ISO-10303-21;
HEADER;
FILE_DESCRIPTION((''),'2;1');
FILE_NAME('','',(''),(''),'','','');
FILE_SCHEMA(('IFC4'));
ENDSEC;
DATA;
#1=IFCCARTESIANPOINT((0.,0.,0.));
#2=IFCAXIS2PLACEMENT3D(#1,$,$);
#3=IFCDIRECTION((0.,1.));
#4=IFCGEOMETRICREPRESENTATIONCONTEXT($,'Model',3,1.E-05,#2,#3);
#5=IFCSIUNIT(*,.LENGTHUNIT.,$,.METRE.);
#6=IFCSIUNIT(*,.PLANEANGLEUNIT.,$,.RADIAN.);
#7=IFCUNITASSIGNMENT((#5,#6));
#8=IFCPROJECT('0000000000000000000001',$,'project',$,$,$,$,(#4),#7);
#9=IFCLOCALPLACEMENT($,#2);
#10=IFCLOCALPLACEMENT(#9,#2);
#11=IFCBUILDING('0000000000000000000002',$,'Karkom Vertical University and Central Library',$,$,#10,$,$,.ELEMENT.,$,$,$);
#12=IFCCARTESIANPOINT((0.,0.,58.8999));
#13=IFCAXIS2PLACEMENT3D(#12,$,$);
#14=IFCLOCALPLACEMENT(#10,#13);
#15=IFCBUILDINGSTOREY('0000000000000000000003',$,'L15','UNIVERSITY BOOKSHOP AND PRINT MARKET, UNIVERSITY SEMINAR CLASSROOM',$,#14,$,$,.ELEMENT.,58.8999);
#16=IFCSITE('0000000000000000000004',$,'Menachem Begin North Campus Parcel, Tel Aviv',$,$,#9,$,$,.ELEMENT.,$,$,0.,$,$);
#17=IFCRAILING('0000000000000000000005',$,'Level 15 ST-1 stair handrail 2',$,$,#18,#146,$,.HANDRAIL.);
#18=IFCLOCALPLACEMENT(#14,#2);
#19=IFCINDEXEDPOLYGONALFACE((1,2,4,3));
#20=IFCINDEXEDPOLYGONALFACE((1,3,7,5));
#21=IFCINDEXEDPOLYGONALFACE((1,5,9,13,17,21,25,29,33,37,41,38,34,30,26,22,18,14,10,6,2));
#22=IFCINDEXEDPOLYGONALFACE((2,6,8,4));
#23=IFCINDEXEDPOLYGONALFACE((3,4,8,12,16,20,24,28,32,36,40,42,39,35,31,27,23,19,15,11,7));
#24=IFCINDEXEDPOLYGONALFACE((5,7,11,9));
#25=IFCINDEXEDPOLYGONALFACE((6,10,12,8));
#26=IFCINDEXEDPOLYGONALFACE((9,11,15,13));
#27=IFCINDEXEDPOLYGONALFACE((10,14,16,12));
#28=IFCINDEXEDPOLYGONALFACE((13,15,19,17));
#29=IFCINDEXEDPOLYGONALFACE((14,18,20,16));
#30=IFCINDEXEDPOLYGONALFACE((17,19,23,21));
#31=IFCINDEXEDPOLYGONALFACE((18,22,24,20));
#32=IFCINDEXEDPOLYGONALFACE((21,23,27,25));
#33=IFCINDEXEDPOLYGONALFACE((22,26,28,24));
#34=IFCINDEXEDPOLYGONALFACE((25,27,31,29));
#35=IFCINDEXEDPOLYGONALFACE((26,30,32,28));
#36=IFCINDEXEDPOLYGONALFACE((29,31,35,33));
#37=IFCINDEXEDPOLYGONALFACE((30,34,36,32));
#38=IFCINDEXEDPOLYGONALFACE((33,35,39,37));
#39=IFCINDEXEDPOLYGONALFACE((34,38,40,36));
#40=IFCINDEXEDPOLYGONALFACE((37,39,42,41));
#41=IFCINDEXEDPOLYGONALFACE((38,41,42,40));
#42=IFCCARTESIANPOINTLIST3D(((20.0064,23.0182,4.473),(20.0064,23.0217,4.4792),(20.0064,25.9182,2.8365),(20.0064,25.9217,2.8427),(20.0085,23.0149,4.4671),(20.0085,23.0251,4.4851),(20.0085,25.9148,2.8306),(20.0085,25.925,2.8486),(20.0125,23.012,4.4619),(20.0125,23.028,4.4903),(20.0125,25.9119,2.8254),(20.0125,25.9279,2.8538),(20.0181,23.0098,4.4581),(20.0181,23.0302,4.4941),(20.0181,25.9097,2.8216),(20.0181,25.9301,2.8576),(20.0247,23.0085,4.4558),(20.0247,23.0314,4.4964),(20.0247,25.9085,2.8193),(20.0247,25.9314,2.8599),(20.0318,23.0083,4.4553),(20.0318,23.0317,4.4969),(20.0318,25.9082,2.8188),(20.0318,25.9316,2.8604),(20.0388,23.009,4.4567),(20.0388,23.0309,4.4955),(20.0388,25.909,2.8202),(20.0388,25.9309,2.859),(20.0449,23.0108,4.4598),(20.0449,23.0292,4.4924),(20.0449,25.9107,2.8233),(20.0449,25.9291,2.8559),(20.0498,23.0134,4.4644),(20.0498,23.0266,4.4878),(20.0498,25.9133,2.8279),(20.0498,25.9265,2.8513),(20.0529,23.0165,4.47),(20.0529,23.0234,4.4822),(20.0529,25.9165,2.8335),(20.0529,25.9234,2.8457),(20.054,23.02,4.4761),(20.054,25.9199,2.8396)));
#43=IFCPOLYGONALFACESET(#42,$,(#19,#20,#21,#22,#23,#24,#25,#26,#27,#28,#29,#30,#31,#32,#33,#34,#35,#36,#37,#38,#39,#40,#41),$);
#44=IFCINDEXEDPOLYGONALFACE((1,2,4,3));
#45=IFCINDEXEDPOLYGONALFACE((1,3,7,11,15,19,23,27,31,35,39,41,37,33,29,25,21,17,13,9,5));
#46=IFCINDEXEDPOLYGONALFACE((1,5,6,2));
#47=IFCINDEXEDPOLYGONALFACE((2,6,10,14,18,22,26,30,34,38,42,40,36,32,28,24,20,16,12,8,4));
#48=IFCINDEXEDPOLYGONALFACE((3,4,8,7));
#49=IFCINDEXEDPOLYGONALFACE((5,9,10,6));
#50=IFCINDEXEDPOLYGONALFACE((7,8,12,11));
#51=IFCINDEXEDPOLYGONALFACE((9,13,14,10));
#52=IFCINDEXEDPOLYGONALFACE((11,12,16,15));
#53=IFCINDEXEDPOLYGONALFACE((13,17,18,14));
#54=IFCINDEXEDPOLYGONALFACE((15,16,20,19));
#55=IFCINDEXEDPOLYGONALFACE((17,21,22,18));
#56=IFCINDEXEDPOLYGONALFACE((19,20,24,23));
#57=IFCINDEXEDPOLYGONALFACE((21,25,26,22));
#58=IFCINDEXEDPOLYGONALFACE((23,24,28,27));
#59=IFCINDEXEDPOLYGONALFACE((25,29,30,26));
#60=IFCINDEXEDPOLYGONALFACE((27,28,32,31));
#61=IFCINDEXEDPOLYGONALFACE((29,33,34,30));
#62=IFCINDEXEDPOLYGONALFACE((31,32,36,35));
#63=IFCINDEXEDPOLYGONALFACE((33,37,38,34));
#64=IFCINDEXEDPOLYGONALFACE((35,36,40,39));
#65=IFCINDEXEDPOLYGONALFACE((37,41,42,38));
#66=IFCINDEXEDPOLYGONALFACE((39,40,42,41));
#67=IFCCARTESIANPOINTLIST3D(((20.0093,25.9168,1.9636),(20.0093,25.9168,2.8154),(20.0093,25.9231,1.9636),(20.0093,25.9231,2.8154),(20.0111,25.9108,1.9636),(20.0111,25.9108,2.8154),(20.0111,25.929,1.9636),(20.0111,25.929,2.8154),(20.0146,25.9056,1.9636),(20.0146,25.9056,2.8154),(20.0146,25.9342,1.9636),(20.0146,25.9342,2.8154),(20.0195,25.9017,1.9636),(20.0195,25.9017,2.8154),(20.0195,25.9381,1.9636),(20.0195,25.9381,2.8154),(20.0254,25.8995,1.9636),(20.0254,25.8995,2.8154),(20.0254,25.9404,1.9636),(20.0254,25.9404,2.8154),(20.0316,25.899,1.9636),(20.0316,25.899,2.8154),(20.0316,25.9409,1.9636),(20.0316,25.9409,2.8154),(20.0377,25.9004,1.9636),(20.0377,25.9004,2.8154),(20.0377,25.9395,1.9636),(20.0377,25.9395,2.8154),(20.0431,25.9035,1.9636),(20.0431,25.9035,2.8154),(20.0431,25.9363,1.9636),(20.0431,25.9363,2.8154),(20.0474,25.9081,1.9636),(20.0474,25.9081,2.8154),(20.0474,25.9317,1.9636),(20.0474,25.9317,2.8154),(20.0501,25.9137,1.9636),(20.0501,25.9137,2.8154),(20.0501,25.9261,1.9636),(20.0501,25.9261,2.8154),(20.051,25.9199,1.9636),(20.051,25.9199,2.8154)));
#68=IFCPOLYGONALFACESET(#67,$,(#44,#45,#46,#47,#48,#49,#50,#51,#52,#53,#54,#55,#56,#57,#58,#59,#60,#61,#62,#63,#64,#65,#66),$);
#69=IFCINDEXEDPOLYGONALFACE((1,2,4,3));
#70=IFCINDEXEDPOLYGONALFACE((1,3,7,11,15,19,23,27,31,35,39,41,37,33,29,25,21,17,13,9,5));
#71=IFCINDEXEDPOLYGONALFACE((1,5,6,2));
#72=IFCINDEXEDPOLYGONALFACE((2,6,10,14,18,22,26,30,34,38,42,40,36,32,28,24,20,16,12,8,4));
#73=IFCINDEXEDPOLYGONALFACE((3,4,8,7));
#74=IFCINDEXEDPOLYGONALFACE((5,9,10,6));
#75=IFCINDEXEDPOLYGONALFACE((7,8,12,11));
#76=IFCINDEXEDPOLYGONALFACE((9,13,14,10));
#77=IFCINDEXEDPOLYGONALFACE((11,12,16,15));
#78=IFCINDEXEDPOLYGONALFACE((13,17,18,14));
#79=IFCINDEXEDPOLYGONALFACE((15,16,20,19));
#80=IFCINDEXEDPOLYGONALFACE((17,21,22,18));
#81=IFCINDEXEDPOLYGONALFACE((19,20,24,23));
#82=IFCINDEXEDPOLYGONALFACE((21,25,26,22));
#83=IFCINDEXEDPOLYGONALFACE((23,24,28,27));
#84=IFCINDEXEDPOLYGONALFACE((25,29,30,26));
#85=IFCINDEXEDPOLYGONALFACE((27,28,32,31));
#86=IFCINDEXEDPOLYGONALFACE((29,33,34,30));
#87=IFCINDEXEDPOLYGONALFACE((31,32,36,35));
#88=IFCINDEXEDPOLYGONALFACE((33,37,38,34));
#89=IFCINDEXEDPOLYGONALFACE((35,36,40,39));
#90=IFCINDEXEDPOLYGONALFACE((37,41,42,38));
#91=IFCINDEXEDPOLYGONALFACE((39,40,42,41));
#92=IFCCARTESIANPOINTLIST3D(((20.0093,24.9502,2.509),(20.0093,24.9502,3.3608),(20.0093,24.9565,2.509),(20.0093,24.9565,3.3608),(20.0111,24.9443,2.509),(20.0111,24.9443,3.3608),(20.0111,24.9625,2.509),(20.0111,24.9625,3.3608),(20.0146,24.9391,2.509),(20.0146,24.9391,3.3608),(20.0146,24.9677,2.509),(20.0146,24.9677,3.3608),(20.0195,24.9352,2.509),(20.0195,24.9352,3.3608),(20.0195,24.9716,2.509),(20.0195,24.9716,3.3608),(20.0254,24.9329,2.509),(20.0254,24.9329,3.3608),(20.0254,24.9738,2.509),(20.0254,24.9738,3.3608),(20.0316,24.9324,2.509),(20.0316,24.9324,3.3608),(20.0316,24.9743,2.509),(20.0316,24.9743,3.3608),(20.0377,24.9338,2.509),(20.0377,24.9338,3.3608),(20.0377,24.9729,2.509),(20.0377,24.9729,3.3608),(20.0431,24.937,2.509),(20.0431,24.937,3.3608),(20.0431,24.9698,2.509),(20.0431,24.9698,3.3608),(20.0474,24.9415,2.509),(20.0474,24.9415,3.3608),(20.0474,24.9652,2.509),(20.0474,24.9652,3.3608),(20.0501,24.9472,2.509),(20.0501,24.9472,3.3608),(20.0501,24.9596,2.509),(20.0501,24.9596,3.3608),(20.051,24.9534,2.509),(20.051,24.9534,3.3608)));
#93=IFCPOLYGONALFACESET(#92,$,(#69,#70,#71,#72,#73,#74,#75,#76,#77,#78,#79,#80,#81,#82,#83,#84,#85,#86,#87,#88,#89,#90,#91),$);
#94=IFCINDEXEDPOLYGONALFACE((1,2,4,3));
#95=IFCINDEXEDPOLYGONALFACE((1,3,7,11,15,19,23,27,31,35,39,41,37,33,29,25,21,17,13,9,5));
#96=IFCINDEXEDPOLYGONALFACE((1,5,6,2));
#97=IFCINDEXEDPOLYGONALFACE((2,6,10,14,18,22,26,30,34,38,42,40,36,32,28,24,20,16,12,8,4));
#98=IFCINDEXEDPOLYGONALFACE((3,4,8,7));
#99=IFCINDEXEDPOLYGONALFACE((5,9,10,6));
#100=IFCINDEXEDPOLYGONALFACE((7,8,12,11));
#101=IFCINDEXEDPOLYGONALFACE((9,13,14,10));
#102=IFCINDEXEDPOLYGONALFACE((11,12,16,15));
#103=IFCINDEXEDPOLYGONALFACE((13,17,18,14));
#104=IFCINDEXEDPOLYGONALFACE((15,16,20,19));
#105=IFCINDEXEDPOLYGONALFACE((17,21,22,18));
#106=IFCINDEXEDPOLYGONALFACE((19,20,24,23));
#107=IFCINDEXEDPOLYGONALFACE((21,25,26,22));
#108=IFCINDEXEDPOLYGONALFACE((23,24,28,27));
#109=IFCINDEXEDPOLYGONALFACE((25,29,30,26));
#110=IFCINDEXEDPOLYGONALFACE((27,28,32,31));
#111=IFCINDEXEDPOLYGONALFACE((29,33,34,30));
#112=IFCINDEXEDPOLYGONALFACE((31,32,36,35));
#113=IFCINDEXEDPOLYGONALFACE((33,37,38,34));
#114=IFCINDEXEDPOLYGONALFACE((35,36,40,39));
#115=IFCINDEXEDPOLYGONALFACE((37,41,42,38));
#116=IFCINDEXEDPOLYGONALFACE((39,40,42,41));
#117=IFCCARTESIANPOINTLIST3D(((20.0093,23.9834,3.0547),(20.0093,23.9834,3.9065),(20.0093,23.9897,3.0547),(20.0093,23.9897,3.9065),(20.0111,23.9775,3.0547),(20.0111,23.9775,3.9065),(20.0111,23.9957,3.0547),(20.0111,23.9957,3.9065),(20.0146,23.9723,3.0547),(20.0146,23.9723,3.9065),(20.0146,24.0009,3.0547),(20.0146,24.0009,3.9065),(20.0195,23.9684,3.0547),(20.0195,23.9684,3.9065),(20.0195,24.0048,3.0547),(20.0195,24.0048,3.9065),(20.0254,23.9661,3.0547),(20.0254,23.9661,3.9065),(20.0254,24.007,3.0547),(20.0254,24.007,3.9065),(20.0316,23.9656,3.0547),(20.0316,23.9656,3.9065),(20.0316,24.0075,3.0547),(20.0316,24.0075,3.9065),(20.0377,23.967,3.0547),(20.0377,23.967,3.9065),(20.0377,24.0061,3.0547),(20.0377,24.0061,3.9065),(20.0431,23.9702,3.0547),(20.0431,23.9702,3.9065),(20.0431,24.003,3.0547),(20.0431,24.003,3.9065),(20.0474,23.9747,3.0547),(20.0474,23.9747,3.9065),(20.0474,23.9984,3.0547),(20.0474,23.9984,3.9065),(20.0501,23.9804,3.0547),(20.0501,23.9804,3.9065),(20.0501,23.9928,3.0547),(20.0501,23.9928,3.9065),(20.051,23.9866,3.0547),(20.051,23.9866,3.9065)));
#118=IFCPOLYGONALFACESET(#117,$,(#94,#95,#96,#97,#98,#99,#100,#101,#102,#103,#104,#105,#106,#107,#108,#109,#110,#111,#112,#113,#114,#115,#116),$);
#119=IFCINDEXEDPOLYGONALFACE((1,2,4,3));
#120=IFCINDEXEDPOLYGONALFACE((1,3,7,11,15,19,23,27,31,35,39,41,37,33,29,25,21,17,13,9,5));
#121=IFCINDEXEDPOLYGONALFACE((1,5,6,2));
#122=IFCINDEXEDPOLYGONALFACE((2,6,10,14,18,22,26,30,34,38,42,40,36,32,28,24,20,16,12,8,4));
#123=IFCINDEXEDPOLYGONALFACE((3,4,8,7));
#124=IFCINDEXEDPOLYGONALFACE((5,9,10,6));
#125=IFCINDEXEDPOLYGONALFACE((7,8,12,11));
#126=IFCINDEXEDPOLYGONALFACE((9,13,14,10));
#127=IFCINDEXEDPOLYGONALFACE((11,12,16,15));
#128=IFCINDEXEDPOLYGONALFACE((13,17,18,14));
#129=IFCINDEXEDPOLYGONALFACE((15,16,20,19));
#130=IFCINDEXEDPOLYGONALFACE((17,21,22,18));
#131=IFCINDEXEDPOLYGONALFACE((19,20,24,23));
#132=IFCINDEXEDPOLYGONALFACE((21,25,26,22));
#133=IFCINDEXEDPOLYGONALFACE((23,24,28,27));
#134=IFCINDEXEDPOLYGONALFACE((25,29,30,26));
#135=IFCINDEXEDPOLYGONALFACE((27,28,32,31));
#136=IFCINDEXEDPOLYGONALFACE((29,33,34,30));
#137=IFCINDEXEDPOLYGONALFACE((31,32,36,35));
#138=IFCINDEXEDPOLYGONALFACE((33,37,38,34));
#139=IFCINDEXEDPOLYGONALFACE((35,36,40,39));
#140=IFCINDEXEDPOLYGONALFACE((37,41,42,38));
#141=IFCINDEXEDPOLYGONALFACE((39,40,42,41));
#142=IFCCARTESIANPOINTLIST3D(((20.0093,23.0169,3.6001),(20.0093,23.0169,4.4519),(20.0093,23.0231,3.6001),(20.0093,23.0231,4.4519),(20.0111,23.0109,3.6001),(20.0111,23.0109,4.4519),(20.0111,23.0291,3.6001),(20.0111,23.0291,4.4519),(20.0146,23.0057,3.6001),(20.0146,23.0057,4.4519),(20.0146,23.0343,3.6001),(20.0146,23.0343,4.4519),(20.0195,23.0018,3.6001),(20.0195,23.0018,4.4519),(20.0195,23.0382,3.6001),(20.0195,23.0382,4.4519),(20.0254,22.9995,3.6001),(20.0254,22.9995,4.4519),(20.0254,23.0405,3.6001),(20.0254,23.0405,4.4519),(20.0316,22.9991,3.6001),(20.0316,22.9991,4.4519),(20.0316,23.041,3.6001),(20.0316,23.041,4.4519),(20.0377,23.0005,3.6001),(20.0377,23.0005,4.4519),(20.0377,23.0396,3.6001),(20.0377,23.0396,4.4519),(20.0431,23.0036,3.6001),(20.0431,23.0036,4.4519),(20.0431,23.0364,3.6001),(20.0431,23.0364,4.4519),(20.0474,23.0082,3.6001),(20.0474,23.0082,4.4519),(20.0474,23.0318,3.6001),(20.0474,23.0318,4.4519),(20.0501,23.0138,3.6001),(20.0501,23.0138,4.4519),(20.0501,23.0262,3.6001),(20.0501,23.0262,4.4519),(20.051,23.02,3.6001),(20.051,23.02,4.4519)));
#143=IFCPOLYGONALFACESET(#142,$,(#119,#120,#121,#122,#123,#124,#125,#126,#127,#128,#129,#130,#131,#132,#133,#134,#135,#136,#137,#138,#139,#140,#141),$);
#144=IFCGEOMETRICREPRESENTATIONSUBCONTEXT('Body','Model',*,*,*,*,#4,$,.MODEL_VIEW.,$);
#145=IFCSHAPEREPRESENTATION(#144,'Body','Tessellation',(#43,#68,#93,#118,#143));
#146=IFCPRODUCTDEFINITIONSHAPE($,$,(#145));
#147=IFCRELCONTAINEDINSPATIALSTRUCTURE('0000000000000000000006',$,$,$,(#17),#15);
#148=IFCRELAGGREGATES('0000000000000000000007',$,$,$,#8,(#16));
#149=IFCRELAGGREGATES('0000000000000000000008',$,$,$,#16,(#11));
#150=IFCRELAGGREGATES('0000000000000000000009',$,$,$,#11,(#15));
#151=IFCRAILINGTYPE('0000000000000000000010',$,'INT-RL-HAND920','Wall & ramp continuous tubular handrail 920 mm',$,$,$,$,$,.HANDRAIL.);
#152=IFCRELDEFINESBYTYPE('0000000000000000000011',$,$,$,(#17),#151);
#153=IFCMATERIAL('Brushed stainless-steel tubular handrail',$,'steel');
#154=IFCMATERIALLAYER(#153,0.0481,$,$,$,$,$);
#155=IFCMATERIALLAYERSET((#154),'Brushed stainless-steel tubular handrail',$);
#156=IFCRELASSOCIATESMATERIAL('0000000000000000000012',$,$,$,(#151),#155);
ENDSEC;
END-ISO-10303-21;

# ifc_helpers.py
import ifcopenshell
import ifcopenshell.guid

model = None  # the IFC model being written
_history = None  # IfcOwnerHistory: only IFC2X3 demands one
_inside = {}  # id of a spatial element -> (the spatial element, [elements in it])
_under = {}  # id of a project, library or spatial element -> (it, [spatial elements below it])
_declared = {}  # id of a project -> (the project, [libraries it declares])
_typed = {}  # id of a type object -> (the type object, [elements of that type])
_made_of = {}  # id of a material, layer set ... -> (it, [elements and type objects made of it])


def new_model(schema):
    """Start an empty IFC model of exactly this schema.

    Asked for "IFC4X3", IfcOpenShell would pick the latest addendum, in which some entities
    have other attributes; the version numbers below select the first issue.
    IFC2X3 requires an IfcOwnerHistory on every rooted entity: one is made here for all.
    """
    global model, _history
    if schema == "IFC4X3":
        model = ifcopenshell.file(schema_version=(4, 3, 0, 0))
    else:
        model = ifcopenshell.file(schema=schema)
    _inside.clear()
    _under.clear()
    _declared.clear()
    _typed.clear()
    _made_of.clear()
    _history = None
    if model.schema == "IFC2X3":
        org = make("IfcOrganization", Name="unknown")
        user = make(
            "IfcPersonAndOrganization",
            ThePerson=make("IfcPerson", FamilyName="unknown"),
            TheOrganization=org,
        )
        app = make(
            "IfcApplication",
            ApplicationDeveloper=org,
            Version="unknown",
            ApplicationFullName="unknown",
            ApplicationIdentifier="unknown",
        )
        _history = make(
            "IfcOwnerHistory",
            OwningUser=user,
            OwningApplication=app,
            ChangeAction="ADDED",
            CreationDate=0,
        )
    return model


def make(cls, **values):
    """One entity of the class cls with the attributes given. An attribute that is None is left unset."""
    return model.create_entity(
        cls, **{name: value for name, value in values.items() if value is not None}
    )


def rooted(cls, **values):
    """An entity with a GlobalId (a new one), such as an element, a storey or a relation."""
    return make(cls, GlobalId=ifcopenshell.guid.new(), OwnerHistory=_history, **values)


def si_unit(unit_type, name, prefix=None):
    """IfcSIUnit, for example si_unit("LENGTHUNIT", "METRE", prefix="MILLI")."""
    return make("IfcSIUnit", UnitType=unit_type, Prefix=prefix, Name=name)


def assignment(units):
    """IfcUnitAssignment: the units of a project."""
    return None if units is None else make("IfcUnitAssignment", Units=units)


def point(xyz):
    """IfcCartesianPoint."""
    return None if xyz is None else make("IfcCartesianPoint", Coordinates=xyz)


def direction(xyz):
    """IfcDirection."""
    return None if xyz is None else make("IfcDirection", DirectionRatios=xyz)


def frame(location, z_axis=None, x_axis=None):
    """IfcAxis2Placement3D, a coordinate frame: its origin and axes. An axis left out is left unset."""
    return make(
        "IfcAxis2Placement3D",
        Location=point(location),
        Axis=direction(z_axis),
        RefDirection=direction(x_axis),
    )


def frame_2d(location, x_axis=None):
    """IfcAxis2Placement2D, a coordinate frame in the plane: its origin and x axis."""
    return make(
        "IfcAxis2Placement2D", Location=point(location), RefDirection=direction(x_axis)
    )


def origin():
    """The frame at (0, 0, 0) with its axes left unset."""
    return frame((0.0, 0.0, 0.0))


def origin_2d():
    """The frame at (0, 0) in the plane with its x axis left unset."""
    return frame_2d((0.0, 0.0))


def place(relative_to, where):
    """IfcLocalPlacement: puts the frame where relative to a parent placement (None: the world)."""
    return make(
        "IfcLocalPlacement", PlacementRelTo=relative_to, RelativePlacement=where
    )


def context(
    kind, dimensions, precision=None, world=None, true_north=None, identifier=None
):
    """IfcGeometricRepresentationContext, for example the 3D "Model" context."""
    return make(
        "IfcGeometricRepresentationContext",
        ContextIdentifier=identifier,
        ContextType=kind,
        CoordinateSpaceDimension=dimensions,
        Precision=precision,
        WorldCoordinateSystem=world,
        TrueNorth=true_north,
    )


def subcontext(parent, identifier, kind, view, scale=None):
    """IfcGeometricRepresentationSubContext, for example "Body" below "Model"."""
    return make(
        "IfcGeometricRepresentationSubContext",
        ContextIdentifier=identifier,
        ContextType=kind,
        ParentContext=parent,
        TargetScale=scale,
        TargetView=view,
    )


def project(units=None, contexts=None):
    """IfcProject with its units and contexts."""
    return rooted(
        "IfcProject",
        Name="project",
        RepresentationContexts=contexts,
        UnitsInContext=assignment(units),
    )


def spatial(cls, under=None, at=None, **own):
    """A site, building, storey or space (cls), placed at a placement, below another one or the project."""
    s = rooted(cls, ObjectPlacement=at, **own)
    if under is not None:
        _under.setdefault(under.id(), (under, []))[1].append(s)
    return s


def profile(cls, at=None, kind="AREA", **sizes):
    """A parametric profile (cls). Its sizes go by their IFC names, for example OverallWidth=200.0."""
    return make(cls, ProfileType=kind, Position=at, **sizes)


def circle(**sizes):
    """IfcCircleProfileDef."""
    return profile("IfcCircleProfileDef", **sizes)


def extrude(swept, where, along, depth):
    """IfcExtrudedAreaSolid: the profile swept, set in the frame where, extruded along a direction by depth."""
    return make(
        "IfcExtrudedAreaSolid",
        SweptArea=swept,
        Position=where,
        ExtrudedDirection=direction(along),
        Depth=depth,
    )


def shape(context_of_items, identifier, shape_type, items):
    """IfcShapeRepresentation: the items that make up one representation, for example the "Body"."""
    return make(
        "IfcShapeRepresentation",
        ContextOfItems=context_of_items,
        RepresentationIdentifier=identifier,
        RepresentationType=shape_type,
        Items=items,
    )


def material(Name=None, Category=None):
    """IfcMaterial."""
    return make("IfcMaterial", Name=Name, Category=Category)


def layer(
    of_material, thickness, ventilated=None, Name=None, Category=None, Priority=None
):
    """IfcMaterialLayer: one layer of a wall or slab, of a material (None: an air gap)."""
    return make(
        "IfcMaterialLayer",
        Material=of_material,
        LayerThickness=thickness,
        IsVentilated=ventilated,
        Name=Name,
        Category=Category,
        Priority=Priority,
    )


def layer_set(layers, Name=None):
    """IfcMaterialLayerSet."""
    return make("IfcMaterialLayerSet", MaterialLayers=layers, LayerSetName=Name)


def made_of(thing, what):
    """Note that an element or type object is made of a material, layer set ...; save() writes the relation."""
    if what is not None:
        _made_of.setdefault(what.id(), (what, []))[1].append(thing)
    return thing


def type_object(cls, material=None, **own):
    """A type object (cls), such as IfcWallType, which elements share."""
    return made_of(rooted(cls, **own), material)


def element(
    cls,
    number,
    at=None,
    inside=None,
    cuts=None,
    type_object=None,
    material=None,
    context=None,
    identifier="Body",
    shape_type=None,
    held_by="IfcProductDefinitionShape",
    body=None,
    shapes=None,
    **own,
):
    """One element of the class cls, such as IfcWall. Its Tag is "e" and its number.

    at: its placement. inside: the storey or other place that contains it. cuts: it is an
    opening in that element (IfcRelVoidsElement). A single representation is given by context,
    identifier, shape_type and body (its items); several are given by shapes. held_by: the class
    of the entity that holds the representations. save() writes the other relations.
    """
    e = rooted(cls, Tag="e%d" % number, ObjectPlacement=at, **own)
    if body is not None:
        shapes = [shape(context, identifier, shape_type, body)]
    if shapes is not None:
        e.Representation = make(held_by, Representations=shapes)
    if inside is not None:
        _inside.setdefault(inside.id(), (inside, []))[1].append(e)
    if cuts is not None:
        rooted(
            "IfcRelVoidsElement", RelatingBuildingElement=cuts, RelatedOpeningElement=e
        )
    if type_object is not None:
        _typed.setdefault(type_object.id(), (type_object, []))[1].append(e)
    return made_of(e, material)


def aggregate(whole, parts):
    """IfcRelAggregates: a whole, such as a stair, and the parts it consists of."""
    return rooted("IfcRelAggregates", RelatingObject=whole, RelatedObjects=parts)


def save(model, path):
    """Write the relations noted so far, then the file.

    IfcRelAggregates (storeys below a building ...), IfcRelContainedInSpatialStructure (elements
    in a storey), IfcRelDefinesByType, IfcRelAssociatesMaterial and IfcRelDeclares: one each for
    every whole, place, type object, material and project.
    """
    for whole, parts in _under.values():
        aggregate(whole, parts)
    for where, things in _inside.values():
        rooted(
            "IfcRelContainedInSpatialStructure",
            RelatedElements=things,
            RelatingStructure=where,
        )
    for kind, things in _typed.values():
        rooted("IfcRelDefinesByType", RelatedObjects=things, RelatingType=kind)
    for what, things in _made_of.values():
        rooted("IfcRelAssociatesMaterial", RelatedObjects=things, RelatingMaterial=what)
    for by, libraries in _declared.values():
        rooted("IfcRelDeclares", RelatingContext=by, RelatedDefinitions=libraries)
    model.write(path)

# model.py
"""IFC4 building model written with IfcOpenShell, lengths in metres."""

from ifc_helpers import new_model, si_unit, direction, frame, origin, origin_2d, place, context, subcontext, project, spatial, circle, extrude, material, layer, layer_set, type_object, element, save


model = new_model("IFC4")

# Units and contexts
model_context = context("Model", 3, precision=1e-05, world=origin(), true_north=direction((0.0, 1.0)))
body_context = subcontext(model_context, "Body", "Model", "MODEL_VIEW")
ifc_project = project(units=[si_unit("LENGTHUNIT", "METRE"), si_unit("PLANEANGLEUNIT", "RADIAN")], contexts=[model_context])

# Site, building, storey
site_placement = place(None, origin())
site = spatial("IfcSite", under=ifc_project, at=site_placement, Name="Menachem Begin North Campus Parcel, Tel Aviv", CompositionType="ELEMENT", RefElevation=0.0)
building_placement = place(site_placement, origin())
building = spatial("IfcBuilding", under=site, at=building_placement, Name="Karkom Vertical University and Central Library", CompositionType="ELEMENT")
storey_placement = place(building_placement, frame((0.0, 0.0, 58.8999)))
storey = spatial("IfcBuildingStorey", under=building, at=storey_placement, Name="L15", Description="UNIVERSITY BOOKSHOP AND PRINT MARKET, UNIVERSITY SEMINAR CLASSROOM", CompositionType="ELEMENT", Elevation=58.8999)

# Railing
ifc_material_1 = material(Name="Brushed stainless-steel tubular handrail", Category="steel")
ifc_layer_1 = layer(ifc_material_1, 0.0481)
ifc_layer_set_1 = layer_set([ifc_layer_1], Name="Brushed stainless-steel tubular handrail")
railing_type_1 = type_object("IfcRailingType", Name="INT-RL-HAND920", Description="Wall & ramp continuous tubular handrail 920 mm", PredefinedType="HANDRAIL", material=ifc_layer_set_1)
railing_1_placement = place(storey_placement, frame((20.03, 25.9199, 1.9636)))
element("IfcRailing", 1, at=railing_1_placement, inside=storey, type_object=railing_type_1, Name="Level 15 ST-1 stair handrail 2", PredefinedType="HANDRAIL", context=body_context, shape_type="SweptSolid", body=[
    extrude(circle(Radius=0.0239, at=origin_2d()), frame((0.0, 0.0, 0.876), z_axis=(0.0, -0.870897, 0.491465), x_axis=(1.0, 0.0, 0.0)), (0.0, 0.0, 1.0), 3.3298),
    extrude(circle(Radius=0.021, at=origin_2d()), origin(), (0.0, 0.0, 1.0), 0.8518),
    extrude(circle(Radius=0.021, at=origin_2d()), frame((0.0, -0.9666, 0.5454)), (0.0, 0.0, 1.0), 0.8518),
    extrude(circle(Radius=0.021, at=origin_2d()), frame((0.0, -1.9333, 1.0911)), (0.0, 0.0, 1.0), 0.8518),
    extrude(circle(Radius=0.021, at=origin_2d()), frame((0.0, -2.8999, 1.6365)), (0.0, 0.0, 1.0), 0.8518),
])

save(model, "model.ifc")
